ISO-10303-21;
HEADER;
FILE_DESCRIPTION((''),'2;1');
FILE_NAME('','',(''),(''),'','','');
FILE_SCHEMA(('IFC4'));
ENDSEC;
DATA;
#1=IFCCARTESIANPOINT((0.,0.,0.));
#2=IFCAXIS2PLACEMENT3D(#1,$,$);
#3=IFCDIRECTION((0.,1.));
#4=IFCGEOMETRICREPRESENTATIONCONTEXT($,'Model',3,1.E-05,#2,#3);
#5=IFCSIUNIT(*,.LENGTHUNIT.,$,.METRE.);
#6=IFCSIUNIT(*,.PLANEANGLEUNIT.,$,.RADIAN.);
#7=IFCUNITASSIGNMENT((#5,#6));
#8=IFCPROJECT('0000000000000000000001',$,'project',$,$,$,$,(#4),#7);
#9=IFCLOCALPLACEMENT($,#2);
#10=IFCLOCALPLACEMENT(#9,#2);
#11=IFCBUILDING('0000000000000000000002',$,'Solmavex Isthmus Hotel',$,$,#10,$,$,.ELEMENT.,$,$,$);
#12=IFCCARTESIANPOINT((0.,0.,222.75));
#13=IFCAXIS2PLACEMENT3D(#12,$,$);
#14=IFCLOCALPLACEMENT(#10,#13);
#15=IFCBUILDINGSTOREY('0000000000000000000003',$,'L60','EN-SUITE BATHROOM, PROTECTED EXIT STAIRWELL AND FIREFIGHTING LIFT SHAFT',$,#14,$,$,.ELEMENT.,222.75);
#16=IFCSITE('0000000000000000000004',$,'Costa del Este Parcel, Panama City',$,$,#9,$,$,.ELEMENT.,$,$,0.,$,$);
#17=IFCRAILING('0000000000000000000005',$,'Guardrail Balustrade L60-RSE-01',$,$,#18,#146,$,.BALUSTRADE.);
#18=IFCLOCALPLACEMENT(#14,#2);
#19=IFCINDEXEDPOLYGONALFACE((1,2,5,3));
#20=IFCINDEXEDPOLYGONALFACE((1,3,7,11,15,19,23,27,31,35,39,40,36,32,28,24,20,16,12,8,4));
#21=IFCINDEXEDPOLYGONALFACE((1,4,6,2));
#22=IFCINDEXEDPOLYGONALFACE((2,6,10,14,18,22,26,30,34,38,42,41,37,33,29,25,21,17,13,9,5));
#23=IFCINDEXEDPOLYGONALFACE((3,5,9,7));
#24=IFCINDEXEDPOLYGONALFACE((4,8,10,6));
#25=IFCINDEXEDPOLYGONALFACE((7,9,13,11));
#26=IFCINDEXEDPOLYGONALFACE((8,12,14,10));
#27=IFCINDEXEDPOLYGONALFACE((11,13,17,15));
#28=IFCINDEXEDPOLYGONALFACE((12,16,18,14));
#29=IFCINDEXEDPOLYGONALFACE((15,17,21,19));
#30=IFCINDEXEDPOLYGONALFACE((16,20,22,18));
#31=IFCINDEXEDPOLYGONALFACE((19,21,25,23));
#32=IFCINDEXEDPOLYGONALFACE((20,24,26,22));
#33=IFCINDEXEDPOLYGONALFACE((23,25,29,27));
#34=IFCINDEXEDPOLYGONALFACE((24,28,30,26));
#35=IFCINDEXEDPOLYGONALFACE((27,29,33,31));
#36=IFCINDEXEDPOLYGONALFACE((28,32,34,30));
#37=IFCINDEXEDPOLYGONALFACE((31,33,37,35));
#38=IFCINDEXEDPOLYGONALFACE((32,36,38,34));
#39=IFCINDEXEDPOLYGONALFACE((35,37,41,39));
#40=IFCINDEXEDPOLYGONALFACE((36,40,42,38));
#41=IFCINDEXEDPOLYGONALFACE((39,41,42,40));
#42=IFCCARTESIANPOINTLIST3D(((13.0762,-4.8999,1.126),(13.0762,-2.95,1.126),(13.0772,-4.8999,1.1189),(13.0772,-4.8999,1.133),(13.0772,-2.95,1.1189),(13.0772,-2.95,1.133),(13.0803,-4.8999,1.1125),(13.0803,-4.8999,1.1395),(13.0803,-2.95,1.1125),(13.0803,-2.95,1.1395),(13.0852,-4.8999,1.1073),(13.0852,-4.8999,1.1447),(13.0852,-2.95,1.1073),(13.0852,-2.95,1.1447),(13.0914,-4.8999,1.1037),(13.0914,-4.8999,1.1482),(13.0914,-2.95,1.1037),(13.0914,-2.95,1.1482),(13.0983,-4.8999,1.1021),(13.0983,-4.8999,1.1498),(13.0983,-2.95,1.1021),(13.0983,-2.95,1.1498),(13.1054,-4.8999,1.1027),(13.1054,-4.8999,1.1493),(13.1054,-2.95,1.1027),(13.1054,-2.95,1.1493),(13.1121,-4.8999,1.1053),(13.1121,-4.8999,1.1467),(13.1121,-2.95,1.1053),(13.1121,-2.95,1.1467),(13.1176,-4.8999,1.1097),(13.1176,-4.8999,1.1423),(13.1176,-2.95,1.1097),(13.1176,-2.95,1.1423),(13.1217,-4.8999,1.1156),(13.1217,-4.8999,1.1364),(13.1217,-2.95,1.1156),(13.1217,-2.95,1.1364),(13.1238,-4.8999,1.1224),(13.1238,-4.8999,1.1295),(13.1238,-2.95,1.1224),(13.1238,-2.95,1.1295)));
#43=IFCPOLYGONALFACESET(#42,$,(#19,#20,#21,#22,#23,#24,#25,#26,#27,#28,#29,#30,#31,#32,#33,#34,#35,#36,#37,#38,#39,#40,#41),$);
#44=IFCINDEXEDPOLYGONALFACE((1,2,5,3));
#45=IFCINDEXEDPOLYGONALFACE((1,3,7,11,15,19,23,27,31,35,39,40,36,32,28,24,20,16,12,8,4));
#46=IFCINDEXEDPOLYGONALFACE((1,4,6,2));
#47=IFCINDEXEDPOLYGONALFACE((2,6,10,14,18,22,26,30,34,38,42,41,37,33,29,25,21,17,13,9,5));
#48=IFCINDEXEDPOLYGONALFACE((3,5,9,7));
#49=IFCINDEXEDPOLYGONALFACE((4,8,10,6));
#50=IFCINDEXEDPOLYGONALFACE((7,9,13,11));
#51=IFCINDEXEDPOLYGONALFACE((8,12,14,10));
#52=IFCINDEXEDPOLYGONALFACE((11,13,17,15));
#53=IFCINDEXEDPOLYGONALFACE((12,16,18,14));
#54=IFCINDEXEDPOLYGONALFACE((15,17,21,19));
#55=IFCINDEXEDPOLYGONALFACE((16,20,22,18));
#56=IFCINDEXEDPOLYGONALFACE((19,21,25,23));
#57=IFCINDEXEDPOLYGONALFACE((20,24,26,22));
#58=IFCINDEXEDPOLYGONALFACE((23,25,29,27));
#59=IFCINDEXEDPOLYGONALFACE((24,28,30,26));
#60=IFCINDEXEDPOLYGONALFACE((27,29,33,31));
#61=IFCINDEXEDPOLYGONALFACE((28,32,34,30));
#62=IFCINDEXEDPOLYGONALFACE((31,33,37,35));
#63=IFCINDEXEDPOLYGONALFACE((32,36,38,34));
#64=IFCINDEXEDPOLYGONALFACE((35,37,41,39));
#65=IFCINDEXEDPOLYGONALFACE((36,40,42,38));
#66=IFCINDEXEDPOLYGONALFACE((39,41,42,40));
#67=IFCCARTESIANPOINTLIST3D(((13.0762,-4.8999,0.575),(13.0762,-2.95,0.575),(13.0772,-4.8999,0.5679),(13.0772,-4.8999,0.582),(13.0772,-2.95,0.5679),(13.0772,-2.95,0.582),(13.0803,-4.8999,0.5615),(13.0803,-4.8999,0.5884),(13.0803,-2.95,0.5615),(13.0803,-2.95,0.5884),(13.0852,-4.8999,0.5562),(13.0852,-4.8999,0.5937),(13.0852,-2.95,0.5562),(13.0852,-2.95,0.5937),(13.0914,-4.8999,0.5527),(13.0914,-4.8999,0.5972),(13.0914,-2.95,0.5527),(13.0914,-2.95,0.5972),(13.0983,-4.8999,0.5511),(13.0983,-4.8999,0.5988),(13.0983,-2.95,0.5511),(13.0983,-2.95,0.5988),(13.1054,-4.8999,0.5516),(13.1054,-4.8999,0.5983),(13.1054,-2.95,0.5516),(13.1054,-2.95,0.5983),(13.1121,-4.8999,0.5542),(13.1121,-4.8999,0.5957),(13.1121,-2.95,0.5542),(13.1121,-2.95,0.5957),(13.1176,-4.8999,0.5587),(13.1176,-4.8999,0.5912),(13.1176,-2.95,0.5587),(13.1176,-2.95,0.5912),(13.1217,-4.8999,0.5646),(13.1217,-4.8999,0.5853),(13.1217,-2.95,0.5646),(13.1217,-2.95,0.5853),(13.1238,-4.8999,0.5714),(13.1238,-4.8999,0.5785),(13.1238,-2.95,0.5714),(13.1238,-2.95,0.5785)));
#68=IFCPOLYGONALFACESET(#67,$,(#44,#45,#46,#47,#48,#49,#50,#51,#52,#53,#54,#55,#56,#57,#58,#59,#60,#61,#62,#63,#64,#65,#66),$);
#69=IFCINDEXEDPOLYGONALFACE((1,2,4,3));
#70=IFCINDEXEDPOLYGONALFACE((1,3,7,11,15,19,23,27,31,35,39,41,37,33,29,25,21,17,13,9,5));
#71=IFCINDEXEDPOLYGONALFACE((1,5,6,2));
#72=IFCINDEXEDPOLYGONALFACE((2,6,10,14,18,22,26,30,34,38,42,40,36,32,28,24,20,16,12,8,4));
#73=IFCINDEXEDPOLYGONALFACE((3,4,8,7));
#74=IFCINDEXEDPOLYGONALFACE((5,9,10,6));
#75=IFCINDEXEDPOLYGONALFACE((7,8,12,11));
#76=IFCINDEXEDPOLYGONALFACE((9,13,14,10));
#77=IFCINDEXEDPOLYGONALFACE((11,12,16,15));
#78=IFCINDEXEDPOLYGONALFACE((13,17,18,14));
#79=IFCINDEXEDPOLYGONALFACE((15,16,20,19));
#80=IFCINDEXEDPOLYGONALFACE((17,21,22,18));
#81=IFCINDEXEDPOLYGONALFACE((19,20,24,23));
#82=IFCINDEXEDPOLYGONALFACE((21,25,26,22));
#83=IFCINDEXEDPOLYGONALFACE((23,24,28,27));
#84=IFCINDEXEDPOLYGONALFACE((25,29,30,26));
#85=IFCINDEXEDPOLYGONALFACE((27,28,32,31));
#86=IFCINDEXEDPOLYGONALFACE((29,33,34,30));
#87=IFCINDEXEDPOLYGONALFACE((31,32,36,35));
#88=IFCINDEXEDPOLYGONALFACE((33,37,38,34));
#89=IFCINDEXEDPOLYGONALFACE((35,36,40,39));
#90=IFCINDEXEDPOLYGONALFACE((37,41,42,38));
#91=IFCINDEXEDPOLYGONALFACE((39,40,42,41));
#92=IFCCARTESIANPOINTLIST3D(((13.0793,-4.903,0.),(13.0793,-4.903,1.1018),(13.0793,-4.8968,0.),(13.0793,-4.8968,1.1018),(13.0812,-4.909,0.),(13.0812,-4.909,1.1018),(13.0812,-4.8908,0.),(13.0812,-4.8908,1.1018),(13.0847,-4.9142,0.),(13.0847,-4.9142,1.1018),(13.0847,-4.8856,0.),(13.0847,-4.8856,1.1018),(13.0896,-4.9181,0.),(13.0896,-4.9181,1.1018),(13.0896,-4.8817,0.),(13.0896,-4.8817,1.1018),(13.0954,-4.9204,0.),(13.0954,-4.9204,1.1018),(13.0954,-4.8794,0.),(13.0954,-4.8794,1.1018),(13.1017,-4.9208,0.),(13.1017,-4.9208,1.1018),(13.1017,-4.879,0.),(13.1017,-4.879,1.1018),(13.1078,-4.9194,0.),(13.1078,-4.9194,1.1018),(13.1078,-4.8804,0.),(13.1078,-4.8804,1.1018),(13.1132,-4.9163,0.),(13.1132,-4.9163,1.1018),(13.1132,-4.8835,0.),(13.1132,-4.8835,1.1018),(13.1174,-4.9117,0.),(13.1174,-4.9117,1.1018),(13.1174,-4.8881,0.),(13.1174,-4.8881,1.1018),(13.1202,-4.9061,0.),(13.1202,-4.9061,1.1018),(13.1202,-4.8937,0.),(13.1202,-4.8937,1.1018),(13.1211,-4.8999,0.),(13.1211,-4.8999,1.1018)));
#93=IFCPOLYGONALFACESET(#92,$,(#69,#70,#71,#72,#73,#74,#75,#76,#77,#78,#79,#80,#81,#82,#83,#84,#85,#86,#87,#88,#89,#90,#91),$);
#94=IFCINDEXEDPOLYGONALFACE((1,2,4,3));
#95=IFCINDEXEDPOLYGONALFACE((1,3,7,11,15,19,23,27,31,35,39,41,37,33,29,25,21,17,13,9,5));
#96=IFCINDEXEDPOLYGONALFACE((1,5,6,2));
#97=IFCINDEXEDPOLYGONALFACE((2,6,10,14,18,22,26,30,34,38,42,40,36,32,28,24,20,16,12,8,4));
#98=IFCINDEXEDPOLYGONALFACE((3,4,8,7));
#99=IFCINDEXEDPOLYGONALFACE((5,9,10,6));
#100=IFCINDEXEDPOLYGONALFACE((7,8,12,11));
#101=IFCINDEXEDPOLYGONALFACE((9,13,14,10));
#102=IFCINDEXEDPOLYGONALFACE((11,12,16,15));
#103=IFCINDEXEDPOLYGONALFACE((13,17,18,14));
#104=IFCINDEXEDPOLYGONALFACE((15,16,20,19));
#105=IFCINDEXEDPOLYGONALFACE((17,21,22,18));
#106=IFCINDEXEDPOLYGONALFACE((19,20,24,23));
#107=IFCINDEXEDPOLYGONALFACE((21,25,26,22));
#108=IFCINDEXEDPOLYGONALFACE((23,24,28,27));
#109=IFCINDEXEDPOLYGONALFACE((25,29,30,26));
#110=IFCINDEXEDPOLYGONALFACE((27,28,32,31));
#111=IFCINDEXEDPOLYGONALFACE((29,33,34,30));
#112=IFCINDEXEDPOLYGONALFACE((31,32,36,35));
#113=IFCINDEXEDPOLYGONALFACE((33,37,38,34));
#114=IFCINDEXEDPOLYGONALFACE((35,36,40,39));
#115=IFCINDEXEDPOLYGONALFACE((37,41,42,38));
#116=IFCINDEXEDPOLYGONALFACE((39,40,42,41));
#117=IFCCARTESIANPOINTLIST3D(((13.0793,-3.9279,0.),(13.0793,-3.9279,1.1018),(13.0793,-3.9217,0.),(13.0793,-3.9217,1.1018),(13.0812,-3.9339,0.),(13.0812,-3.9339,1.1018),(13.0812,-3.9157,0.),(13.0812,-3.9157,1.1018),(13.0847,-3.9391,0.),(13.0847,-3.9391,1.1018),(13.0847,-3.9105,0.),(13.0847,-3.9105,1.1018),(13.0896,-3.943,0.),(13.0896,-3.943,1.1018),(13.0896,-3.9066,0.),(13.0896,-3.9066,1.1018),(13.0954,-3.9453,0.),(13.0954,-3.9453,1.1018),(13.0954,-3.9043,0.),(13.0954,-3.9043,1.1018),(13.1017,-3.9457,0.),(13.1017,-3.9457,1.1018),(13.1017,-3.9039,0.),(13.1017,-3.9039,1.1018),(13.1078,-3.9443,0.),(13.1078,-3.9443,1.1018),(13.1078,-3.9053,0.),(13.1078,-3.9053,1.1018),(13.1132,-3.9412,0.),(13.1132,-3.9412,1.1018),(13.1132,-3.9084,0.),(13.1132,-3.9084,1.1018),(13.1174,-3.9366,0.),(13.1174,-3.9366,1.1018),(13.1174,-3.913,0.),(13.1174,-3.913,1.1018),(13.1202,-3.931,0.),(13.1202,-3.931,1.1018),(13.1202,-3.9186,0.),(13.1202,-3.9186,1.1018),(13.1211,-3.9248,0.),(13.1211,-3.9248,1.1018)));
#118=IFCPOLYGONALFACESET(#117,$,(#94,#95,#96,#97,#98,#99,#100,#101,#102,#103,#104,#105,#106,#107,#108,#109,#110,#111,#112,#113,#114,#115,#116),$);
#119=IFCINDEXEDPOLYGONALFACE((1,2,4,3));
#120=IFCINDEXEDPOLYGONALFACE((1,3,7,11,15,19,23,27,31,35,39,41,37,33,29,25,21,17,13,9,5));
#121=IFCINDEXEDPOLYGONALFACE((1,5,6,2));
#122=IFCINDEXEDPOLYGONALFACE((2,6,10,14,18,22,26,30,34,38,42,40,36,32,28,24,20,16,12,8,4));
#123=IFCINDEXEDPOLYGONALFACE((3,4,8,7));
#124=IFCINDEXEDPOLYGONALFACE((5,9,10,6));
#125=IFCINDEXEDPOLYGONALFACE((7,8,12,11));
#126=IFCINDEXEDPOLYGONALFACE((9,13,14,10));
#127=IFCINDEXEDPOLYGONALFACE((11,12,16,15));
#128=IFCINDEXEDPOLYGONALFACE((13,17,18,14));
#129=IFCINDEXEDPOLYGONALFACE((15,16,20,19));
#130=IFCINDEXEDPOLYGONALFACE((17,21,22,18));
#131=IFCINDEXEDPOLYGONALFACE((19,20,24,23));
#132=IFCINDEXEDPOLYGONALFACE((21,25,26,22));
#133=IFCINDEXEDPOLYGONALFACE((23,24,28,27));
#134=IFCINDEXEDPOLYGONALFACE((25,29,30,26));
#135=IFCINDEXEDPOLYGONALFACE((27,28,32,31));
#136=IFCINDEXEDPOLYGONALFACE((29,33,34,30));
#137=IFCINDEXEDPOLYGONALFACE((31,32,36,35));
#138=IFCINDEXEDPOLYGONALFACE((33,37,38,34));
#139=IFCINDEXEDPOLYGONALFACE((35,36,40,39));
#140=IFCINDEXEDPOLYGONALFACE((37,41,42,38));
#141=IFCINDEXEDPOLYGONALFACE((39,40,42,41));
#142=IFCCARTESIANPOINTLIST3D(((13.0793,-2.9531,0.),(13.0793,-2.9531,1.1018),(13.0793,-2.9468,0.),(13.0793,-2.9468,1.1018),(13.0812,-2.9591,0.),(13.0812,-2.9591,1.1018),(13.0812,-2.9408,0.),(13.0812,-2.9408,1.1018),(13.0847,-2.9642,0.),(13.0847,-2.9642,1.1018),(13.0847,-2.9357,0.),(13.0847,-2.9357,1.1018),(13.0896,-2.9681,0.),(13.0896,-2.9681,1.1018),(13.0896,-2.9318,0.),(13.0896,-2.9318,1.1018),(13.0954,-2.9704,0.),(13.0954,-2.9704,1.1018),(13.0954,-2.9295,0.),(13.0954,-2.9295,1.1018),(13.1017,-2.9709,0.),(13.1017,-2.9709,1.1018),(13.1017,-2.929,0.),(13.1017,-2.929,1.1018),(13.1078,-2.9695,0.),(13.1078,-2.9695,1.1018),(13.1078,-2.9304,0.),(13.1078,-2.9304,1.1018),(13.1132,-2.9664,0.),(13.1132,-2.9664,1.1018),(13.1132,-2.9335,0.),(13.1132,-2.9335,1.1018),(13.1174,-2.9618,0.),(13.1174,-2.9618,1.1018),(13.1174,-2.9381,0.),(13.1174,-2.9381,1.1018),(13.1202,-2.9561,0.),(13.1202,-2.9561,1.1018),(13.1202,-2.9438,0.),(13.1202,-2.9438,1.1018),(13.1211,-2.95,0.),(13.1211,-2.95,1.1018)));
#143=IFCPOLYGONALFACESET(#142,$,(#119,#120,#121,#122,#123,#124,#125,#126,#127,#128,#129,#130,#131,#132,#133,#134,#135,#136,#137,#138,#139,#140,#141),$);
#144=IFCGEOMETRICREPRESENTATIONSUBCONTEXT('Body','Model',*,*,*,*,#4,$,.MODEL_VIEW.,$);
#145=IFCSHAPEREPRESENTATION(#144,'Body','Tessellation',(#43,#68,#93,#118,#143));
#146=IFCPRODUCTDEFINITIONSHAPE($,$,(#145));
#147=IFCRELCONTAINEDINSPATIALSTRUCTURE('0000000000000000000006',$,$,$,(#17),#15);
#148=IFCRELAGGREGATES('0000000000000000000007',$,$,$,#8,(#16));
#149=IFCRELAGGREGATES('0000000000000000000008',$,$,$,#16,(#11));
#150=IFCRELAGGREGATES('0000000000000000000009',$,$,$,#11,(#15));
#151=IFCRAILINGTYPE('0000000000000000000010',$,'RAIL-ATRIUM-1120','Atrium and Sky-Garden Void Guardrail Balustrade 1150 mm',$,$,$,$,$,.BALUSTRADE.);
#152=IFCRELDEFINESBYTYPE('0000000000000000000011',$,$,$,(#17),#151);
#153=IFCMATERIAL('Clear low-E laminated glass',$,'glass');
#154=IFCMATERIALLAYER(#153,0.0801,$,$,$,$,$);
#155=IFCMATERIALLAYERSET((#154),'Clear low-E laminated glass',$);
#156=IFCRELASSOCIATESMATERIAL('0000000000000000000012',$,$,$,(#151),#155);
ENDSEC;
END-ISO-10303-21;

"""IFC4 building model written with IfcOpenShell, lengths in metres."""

from ifc_helpers import new_model, si_unit, direction, frame, origin, origin_2d, place, context, subcontext, project, spatial, circle, extrude, material, layer, layer_set, type_object, element, save


model = new_model("IFC4")

# Units and contexts
model_context = context("Model", 3, precision=1e-05, world=origin(), true_north=direction((0.0, 1.0)))
body_context = subcontext(model_context, "Body", "Model", "MODEL_VIEW")
ifc_project = project(units=[si_unit("LENGTHUNIT", "METRE"), si_unit("PLANEANGLEUNIT", "RADIAN")], contexts=[model_context])

# Site, building, storey
site_placement = place(None, origin())
site = spatial("IfcSite", under=ifc_project, at=site_placement, Name="Costa del Este Parcel, Panama City", CompositionType="ELEMENT", RefElevation=0.0)
building_placement = place(site_placement, origin())
building = spatial("IfcBuilding", under=site, at=building_placement, Name="Solmavex Isthmus Hotel", CompositionType="ELEMENT")
storey_placement = place(building_placement, frame((0.0, 0.0, 222.75)))
storey = spatial("IfcBuildingStorey", under=building, at=storey_placement, Name="L60", Description="EN-SUITE BATHROOM, PROTECTED EXIT STAIRWELL AND FIREFIGHTING LIFT SHAFT", CompositionType="ELEMENT", Elevation=222.75)

# Railing
ifc_material_1 = material(Name="Clear low-E laminated glass", Category="glass")
ifc_layer_1 = layer(ifc_material_1, 0.0801)
ifc_layer_set_1 = layer_set([ifc_layer_1], Name="Clear low-E laminated glass")
railing_type_1 = type_object("IfcRailingType", Name="RAIL-ATRIUM-1120", Description="Atrium and Sky-Garden Void Guardrail Balustrade 1150 mm", PredefinedType="BALUSTRADE", material=ifc_layer_set_1)
railing_1_placement = place(storey_placement, frame((13.1001, -4.8999, 0.0)))
element("IfcRailing", 1, at=railing_1_placement, inside=storey, type_object=railing_type_1, Name="Guardrail Balustrade L60-RSE-01", PredefinedType="BALUSTRADE", context=body_context, shape_type="SweptSolid", body=[
    extrude(circle(Radius=0.0239, at=origin_2d()), frame((0.0, 0.0, 1.126), z_axis=(0.0, 1.0, 0.0), x_axis=(-1.0, 0.0, 0.0)), (0.0, 0.0, 1.0), 1.95),
    extrude(circle(Radius=0.0239, at=origin_2d()), frame((0.0, 0.0, 0.575), z_axis=(0.0, 1.0, 0.0), x_axis=(-1.0, 0.0, 0.0)), (0.0, 0.0, 1.0), 1.95),
    extrude(circle(Radius=0.021, at=origin_2d()), origin(), (0.0, 0.0, 1.0), 1.1018),
    extrude(circle(Radius=0.021, at=origin_2d()), frame((0.0, 0.9751, 0.0)), (0.0, 0.0, 1.0), 1.1018),
    extrude(circle(Radius=0.021, at=origin_2d()), frame((0.0, 1.95, 0.0)), (0.0, 0.0, 1.0), 1.1018),
])

save(model, "model.ifc")
